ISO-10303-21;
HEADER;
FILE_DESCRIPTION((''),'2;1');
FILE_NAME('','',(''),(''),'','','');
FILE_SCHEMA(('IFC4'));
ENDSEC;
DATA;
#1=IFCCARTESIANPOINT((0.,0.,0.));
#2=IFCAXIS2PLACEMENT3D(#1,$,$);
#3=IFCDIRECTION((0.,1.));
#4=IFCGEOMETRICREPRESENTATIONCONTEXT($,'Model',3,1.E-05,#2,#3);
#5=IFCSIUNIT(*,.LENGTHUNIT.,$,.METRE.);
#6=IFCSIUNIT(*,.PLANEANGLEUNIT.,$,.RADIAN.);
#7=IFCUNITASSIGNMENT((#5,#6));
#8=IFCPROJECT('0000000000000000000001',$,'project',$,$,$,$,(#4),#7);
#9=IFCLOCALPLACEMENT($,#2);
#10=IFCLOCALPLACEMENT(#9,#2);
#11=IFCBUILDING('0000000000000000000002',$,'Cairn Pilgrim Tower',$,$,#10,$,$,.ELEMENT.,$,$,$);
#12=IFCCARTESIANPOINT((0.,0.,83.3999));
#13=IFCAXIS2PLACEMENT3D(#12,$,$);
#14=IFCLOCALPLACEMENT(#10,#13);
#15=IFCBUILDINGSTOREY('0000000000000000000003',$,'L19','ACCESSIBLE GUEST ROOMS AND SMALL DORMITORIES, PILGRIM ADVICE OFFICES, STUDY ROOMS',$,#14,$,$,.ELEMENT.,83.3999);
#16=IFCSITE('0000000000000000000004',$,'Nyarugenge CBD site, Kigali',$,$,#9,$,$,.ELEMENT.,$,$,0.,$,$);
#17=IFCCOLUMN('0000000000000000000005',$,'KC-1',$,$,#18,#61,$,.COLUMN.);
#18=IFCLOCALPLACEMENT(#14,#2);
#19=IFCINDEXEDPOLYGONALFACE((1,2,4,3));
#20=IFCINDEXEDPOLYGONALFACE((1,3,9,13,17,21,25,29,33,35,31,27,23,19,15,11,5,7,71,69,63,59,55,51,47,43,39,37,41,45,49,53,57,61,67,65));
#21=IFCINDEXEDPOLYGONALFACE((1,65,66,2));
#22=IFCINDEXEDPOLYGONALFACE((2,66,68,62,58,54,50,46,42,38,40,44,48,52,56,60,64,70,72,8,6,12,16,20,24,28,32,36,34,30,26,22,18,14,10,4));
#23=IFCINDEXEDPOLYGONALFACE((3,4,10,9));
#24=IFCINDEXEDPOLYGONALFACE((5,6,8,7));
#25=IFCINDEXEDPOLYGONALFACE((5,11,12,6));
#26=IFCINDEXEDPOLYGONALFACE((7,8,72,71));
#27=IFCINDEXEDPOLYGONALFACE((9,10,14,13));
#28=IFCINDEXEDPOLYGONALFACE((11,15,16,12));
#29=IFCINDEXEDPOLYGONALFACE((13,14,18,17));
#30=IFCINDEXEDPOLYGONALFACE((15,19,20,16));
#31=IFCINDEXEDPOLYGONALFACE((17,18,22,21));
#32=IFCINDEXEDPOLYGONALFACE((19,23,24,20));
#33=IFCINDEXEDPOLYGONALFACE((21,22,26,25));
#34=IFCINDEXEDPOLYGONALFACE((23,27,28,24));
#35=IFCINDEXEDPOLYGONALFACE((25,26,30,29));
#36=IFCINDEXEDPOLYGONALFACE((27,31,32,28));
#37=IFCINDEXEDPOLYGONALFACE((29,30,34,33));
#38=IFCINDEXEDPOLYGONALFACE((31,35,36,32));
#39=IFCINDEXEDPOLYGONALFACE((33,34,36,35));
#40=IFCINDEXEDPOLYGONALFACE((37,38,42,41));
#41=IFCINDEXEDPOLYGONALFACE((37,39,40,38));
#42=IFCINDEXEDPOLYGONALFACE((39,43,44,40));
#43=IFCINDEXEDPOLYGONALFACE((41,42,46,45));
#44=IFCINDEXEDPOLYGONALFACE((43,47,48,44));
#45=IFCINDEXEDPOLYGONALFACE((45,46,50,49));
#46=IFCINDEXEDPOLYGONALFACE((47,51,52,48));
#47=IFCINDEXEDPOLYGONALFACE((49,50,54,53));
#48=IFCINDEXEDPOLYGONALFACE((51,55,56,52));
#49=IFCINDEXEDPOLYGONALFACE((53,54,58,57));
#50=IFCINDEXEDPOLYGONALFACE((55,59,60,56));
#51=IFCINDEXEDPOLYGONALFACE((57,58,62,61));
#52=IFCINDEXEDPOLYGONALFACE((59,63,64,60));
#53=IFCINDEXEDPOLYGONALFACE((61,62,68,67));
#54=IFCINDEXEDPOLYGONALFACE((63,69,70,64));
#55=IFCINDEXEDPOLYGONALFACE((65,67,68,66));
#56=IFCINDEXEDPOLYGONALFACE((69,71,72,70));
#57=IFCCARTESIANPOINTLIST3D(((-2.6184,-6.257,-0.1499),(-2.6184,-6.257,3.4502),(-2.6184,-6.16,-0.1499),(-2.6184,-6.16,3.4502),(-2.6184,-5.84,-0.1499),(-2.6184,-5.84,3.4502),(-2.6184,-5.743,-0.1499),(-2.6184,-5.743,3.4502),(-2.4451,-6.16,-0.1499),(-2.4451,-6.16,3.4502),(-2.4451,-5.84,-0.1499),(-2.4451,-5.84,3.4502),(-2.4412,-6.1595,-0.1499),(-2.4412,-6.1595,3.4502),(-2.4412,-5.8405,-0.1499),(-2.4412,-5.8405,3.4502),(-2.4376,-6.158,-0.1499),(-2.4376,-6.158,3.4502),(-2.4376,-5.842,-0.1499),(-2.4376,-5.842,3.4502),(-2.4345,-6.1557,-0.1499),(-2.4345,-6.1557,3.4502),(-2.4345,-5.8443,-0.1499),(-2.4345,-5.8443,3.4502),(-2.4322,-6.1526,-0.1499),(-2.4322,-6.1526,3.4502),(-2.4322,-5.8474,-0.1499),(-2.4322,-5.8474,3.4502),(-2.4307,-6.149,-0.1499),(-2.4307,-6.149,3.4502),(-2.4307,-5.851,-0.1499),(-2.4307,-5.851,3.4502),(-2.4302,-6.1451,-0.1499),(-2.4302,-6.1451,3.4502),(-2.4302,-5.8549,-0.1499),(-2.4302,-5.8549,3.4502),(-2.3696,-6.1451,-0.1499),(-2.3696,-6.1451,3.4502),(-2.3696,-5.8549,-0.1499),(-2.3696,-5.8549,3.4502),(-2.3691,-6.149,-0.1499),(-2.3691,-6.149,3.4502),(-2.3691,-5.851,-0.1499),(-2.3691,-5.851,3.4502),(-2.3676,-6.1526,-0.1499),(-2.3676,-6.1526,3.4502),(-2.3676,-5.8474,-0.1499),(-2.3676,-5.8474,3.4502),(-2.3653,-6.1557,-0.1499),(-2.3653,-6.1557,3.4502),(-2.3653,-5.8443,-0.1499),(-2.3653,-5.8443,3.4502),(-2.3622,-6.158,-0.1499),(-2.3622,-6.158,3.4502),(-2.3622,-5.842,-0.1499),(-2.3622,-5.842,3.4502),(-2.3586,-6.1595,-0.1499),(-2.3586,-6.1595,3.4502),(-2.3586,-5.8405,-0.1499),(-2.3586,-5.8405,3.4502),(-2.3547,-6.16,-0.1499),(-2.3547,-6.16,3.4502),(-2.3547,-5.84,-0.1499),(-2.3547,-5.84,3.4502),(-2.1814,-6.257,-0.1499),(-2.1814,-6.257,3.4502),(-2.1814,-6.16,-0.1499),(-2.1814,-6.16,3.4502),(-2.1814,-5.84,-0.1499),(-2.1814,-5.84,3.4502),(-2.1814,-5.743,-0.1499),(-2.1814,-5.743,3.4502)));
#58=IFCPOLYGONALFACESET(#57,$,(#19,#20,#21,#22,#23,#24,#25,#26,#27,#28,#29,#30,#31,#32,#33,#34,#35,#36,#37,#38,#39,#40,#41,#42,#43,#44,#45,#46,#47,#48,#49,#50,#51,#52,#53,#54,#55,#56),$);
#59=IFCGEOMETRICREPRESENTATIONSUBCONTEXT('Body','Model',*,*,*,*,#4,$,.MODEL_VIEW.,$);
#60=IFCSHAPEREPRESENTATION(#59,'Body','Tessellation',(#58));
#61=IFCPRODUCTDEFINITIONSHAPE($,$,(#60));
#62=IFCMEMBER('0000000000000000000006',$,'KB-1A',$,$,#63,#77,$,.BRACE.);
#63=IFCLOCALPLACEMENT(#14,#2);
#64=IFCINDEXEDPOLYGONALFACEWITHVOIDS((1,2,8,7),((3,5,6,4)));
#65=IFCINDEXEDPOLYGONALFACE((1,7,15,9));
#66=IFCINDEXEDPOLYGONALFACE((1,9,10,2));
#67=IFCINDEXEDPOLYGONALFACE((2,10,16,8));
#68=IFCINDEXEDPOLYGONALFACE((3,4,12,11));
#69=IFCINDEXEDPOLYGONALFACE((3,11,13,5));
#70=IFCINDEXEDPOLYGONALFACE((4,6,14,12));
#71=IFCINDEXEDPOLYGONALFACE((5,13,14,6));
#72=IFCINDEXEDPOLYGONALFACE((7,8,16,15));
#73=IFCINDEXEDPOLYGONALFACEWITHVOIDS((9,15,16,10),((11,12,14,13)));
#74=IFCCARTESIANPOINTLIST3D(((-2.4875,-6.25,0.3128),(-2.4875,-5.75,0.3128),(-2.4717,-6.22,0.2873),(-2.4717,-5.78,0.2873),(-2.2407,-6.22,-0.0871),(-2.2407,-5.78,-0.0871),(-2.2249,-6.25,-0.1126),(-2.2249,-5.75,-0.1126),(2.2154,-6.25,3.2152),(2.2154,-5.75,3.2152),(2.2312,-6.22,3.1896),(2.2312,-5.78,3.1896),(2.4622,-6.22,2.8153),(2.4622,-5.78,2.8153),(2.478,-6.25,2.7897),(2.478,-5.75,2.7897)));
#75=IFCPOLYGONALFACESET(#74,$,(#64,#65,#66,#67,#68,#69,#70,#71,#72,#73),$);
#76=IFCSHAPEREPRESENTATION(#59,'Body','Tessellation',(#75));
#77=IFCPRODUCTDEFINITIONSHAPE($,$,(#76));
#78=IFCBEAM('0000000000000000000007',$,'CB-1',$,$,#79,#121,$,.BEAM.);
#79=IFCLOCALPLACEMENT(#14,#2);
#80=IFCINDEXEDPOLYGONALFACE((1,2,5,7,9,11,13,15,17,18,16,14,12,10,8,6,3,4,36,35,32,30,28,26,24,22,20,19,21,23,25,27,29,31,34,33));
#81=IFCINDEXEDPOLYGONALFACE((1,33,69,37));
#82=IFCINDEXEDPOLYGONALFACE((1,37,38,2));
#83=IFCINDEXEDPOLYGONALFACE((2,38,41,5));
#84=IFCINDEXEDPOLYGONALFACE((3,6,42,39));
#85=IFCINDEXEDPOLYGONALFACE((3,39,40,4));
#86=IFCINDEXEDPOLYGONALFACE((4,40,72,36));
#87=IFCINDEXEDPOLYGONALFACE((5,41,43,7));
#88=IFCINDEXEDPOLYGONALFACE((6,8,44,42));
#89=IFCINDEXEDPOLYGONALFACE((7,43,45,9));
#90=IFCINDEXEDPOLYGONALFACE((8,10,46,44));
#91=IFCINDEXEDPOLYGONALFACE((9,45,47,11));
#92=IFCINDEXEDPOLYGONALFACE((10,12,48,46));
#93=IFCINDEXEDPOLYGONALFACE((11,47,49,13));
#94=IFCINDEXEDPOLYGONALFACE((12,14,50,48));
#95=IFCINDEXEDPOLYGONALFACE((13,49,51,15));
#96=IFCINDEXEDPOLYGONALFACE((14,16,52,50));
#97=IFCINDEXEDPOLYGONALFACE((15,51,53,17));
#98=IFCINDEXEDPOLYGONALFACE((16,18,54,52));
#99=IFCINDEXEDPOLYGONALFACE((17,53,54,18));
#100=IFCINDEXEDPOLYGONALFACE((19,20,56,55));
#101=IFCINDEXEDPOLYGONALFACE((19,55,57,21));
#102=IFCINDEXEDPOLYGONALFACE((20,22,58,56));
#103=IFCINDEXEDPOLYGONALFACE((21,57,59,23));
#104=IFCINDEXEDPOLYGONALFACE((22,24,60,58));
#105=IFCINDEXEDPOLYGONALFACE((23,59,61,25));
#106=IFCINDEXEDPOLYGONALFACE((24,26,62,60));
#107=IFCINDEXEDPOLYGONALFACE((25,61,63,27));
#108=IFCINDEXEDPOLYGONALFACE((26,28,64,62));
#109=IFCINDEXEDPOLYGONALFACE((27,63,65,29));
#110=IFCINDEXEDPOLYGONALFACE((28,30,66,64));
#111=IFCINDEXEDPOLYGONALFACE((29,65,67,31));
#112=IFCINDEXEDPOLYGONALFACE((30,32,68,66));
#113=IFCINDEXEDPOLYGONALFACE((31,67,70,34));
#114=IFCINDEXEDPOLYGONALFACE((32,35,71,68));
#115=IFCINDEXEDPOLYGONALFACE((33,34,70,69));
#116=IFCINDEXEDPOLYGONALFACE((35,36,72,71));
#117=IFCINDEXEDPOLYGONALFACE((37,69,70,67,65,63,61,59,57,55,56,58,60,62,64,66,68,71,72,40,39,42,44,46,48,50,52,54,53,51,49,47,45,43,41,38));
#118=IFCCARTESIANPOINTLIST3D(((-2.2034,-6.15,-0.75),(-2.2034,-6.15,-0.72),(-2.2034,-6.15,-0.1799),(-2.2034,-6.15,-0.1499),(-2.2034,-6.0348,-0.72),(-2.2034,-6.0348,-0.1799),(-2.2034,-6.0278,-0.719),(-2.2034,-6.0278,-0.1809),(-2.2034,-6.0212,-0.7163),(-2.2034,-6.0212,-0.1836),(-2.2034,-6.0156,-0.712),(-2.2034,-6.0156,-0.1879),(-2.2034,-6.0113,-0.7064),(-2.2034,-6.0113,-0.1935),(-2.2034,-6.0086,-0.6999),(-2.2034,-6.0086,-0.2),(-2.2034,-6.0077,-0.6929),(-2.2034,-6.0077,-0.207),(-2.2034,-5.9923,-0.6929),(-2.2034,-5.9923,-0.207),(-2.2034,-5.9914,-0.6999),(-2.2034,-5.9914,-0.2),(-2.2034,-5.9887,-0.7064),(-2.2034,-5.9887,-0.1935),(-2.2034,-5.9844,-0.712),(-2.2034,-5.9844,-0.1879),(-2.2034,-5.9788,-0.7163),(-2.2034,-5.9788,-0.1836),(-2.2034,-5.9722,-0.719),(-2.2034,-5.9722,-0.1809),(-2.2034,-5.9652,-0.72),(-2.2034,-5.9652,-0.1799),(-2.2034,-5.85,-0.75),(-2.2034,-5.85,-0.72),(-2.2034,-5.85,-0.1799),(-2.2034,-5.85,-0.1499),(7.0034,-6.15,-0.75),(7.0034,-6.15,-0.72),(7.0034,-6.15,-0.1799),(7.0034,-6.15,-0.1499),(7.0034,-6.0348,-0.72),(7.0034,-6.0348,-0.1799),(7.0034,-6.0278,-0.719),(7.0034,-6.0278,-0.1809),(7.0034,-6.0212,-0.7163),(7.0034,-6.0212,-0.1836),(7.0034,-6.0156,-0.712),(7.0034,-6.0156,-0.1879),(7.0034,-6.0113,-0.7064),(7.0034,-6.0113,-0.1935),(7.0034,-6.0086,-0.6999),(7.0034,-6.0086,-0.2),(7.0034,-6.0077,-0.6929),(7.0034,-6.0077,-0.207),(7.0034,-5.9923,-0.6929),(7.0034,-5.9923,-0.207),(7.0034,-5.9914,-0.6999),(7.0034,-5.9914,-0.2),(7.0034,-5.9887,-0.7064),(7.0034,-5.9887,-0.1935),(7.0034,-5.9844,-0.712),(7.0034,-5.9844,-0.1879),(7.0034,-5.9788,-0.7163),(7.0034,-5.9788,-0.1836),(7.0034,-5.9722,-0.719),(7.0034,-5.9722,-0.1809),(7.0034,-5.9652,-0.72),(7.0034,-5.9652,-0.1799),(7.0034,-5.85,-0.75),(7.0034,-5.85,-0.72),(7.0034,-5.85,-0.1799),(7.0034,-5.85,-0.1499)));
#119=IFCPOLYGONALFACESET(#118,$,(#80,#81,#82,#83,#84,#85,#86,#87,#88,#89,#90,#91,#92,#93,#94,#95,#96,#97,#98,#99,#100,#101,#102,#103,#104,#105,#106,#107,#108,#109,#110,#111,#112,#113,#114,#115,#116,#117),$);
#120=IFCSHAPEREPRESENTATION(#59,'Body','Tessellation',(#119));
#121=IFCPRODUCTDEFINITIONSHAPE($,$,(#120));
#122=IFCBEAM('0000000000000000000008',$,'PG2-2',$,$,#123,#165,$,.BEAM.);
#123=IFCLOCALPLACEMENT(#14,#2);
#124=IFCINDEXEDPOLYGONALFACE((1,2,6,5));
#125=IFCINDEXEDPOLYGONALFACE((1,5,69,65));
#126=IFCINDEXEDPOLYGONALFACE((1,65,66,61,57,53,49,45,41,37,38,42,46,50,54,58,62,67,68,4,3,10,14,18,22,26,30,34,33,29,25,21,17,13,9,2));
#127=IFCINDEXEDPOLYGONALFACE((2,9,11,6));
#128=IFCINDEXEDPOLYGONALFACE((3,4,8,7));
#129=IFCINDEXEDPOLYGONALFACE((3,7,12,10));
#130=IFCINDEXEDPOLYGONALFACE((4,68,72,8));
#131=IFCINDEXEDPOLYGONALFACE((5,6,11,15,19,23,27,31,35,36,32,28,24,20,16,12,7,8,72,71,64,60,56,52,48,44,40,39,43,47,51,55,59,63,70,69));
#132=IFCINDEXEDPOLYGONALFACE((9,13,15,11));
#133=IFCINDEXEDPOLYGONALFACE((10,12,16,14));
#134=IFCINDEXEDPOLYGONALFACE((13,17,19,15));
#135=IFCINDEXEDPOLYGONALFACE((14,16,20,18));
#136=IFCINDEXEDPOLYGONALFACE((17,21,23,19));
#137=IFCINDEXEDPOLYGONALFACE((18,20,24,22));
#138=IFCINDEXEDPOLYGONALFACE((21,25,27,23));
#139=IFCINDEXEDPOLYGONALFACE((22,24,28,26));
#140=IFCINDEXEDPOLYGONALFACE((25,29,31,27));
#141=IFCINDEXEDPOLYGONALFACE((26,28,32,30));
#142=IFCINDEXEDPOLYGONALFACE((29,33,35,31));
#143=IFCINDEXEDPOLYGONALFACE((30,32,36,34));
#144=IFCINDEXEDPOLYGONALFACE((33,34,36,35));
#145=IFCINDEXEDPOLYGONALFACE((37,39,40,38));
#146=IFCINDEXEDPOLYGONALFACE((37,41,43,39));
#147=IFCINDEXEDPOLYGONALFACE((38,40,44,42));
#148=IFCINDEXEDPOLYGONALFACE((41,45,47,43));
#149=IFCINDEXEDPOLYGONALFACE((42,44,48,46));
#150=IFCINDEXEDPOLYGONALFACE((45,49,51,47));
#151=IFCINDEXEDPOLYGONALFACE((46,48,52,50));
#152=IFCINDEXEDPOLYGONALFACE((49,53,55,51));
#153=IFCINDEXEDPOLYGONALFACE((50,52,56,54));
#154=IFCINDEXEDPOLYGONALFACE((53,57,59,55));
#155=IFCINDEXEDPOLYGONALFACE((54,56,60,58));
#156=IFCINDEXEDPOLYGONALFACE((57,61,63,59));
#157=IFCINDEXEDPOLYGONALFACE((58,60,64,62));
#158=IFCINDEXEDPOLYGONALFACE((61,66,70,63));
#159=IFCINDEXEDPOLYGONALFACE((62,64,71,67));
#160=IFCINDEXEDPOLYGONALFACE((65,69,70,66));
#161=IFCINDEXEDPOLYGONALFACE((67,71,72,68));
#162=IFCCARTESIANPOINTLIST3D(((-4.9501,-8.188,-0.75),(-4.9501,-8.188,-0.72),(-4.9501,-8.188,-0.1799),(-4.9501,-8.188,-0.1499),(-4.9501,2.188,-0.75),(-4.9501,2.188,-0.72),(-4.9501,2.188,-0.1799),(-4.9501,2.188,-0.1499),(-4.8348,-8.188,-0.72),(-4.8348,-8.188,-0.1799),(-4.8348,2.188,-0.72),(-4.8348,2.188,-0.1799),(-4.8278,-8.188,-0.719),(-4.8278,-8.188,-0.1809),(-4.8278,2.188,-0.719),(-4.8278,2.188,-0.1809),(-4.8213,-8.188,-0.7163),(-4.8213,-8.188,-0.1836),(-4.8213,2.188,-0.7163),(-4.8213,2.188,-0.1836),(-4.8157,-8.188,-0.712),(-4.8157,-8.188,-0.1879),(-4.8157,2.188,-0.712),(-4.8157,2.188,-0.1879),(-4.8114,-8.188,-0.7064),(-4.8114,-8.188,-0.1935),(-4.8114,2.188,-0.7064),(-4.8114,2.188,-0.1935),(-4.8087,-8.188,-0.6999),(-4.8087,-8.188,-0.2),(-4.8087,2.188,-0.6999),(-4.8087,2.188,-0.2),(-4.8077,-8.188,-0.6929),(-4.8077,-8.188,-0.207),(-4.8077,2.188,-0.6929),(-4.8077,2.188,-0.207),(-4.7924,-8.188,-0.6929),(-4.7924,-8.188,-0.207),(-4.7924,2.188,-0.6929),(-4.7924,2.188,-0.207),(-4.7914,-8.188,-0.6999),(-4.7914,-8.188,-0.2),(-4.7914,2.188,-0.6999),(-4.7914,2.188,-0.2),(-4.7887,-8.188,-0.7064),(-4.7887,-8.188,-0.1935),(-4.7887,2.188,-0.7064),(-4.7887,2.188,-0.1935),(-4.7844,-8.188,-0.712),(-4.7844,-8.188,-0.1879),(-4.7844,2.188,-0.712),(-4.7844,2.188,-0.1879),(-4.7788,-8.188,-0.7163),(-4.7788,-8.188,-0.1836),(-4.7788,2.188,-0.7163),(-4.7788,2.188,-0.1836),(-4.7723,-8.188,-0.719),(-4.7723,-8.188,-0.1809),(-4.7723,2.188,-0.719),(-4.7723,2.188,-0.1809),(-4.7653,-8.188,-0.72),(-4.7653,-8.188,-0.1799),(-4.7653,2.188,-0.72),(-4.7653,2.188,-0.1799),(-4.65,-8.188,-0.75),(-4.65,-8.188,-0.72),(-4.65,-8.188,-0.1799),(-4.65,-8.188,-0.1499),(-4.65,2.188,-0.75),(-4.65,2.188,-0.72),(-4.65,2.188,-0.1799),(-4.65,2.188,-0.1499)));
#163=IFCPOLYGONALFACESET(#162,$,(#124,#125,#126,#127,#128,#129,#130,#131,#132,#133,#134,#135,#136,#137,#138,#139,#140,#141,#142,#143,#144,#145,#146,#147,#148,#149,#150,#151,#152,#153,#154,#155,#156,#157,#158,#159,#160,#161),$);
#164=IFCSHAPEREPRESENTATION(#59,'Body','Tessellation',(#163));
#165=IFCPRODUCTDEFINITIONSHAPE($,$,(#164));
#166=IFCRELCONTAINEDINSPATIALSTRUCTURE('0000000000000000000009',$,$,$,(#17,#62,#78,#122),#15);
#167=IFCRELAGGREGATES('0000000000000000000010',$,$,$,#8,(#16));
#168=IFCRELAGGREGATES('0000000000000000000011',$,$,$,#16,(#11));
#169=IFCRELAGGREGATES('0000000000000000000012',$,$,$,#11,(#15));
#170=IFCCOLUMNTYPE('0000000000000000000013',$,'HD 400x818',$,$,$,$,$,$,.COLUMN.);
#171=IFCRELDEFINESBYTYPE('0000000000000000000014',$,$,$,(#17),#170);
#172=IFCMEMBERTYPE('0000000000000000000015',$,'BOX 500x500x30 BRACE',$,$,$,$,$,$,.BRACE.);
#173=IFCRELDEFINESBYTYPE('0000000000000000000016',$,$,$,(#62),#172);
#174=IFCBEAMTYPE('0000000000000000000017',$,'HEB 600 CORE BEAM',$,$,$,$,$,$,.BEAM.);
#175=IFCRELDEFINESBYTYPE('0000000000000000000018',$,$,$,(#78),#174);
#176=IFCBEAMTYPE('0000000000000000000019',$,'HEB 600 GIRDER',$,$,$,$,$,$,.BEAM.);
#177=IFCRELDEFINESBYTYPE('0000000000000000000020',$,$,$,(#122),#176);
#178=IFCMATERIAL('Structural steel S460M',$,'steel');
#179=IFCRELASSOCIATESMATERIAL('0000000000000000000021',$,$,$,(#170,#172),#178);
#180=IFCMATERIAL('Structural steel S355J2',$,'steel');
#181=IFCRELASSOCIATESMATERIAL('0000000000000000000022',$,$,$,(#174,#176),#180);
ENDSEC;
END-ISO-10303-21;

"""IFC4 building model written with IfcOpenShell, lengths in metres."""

from ifc_helpers import new_model, si_unit, direction, frame, origin, origin_2d, place, context, subcontext, project, spatial, hollow_rectangle, i_section, extrude, material, material_profile, profile_set, type_object, element, save


model = new_model("IFC4")

# Units and contexts
model_context = context("Model", 3, precision=1e-05, world=origin(), true_north=direction((0.0, 1.0)))
body_context = subcontext(model_context, "Body", "Model", "MODEL_VIEW")
ifc_project = project(units=[si_unit("LENGTHUNIT", "METRE"), si_unit("PLANEANGLEUNIT", "RADIAN")], contexts=[model_context])

# Site, building, storey
site_placement = place(None, origin())
site = spatial("IfcSite", under=ifc_project, at=site_placement, Name="Nyarugenge CBD site, Kigali", CompositionType="ELEMENT", RefElevation=0.0)
building_placement = place(site_placement, origin())
building = spatial("IfcBuilding", under=site, at=building_placement, Name="Cairn Pilgrim Tower", CompositionType="ELEMENT")
storey_placement = place(building_placement, frame((0.0, 0.0, 83.3999)))
storey = spatial("IfcBuildingStorey", under=building, at=storey_placement, Name="L19", Description="ACCESSIBLE GUEST ROOMS AND SMALL DORMITORIES, PILGRIM ADVICE OFFICES, STUDY ROOMS", CompositionType="ELEMENT", Elevation=83.3999)

# Column
ifc_material_1 = material(Name="Structural steel S460M", Category="steel")
ifc_material_profile_1 = material_profile(ifc_material_1, i_section(OverallWidth=0.437, OverallDepth=0.5139, WebThickness=0.0605, FlangeThickness=0.0969, FilletRadius=0.0149, at=origin_2d()), Name="HD 400x818")
ifc_profile_set_1 = profile_set([ifc_material_profile_1], Name="Structural steel S460M")
column_type = type_object("IfcColumnType", Name="HD 400x818", PredefinedType="COLUMN", material=ifc_profile_set_1)
column_placement = place(storey_placement, frame((-2.3999, -6.0, -0.1499), z_axis=(0.0, 0.0, 1.0), x_axis=(1.0, 0.0, 0.0)))
element("IfcColumn", 1, at=column_placement, inside=storey, type_object=column_type, Name="KC-1", PredefinedType="COLUMN", context=body_context, shape_type="SweptSolid", body=[
    extrude(i_section(OverallWidth=0.437, OverallDepth=0.5139, WebThickness=0.0605, FlangeThickness=0.0969, FilletRadius=0.0149, at=origin_2d()), origin(), (0.0, 0.0, 1.0), 3.6001),
])

# Member
ifc_material_profile_2 = material_profile(ifc_material_1, hollow_rectangle(XDim=0.5, YDim=0.5, WallThickness=0.03, at=origin_2d()), Name="BOX 500x500x30")
ifc_profile_set_2 = profile_set([ifc_material_profile_2], Name="Structural steel S460M")
member_type = type_object("IfcMemberType", Name="BOX 500x500x30 BRACE", PredefinedType="BRACE", material=ifc_profile_set_2)
member_placement = place(storey_placement, frame((-2.3562, -6.0, 0.1001), z_axis=(0.85099, 0.0, 0.525182), x_axis=(0.0, 1.0, 0.0)))
element("IfcMember", 2, at=member_placement, inside=storey, type_object=member_type, Name="KB-1A", PredefinedType="BRACE", context=body_context, shape_type="SweptSolid", body=[
    extrude(hollow_rectangle(XDim=0.5, YDim=0.5, WallThickness=0.03, at=origin_2d()), origin(), (0.0, 0.0, 1.0), 5.5264),
])

# Beams
ifc_material_2 = material(Name="Structural steel S355J2", Category="steel")
ifc_material_profile_3 = material_profile(ifc_material_2, i_section(OverallWidth=0.3, OverallDepth=0.6001, WebThickness=0.0154, FlangeThickness=0.03, FilletRadius=0.0271, at=origin_2d()), Name="HEB 600")
ifc_profile_set_3 = profile_set([ifc_material_profile_3], Name="Structural steel S355J2")
beam_type_1 = type_object("IfcBeamType", Name="HEB 600 CORE BEAM", PredefinedType="BEAM", material=ifc_profile_set_3)
beam_1_placement = place(storey_placement, frame((-2.2034, -6.0, -0.45), z_axis=(1.0, 0.0, 0.0), x_axis=(0.0, 1.0, 0.0)))
element("IfcBeam", 3, at=beam_1_placement, inside=storey, type_object=beam_type_1, Name="CB-1", PredefinedType="BEAM", context=body_context, shape_type="SweptSolid", body=[
    extrude(i_section(OverallWidth=0.3, OverallDepth=0.6001, WebThickness=0.0154, FlangeThickness=0.03, FilletRadius=0.0271, at=origin_2d()), origin(), (0.0, 0.0, 1.0), 9.2068),
])
ifc_material_profile_4 = material_profile(ifc_material_2, i_section(OverallWidth=0.3, OverallDepth=0.6001, WebThickness=0.0154, FlangeThickness=0.03, FilletRadius=0.0271, at=origin_2d()), Name="HEB 600")
ifc_profile_set_4 = profile_set([ifc_material_profile_4], Name="Structural steel S355J2")
beam_type_2 = type_object("IfcBeamType", Name="HEB 600 GIRDER", PredefinedType="BEAM", material=ifc_profile_set_4)
beam_2_placement = place(storey_placement, frame((-4.8, -8.188, -0.45), z_axis=(0.0, 1.0, 0.0), x_axis=(-1.0, 0.0, 0.0)))
element("IfcBeam", 4, at=beam_2_placement, inside=storey, type_object=beam_type_2, Name="PG2-2", PredefinedType="BEAM", context=body_context, shape_type="SweptSolid", body=[
    extrude(i_section(OverallWidth=0.3, OverallDepth=0.6001, WebThickness=0.0154, FlangeThickness=0.03, FilletRadius=0.0271, at=origin_2d()), origin(), (0.0, 0.0, 1.0), 10.376),
])

save(model, "model.ifc")
